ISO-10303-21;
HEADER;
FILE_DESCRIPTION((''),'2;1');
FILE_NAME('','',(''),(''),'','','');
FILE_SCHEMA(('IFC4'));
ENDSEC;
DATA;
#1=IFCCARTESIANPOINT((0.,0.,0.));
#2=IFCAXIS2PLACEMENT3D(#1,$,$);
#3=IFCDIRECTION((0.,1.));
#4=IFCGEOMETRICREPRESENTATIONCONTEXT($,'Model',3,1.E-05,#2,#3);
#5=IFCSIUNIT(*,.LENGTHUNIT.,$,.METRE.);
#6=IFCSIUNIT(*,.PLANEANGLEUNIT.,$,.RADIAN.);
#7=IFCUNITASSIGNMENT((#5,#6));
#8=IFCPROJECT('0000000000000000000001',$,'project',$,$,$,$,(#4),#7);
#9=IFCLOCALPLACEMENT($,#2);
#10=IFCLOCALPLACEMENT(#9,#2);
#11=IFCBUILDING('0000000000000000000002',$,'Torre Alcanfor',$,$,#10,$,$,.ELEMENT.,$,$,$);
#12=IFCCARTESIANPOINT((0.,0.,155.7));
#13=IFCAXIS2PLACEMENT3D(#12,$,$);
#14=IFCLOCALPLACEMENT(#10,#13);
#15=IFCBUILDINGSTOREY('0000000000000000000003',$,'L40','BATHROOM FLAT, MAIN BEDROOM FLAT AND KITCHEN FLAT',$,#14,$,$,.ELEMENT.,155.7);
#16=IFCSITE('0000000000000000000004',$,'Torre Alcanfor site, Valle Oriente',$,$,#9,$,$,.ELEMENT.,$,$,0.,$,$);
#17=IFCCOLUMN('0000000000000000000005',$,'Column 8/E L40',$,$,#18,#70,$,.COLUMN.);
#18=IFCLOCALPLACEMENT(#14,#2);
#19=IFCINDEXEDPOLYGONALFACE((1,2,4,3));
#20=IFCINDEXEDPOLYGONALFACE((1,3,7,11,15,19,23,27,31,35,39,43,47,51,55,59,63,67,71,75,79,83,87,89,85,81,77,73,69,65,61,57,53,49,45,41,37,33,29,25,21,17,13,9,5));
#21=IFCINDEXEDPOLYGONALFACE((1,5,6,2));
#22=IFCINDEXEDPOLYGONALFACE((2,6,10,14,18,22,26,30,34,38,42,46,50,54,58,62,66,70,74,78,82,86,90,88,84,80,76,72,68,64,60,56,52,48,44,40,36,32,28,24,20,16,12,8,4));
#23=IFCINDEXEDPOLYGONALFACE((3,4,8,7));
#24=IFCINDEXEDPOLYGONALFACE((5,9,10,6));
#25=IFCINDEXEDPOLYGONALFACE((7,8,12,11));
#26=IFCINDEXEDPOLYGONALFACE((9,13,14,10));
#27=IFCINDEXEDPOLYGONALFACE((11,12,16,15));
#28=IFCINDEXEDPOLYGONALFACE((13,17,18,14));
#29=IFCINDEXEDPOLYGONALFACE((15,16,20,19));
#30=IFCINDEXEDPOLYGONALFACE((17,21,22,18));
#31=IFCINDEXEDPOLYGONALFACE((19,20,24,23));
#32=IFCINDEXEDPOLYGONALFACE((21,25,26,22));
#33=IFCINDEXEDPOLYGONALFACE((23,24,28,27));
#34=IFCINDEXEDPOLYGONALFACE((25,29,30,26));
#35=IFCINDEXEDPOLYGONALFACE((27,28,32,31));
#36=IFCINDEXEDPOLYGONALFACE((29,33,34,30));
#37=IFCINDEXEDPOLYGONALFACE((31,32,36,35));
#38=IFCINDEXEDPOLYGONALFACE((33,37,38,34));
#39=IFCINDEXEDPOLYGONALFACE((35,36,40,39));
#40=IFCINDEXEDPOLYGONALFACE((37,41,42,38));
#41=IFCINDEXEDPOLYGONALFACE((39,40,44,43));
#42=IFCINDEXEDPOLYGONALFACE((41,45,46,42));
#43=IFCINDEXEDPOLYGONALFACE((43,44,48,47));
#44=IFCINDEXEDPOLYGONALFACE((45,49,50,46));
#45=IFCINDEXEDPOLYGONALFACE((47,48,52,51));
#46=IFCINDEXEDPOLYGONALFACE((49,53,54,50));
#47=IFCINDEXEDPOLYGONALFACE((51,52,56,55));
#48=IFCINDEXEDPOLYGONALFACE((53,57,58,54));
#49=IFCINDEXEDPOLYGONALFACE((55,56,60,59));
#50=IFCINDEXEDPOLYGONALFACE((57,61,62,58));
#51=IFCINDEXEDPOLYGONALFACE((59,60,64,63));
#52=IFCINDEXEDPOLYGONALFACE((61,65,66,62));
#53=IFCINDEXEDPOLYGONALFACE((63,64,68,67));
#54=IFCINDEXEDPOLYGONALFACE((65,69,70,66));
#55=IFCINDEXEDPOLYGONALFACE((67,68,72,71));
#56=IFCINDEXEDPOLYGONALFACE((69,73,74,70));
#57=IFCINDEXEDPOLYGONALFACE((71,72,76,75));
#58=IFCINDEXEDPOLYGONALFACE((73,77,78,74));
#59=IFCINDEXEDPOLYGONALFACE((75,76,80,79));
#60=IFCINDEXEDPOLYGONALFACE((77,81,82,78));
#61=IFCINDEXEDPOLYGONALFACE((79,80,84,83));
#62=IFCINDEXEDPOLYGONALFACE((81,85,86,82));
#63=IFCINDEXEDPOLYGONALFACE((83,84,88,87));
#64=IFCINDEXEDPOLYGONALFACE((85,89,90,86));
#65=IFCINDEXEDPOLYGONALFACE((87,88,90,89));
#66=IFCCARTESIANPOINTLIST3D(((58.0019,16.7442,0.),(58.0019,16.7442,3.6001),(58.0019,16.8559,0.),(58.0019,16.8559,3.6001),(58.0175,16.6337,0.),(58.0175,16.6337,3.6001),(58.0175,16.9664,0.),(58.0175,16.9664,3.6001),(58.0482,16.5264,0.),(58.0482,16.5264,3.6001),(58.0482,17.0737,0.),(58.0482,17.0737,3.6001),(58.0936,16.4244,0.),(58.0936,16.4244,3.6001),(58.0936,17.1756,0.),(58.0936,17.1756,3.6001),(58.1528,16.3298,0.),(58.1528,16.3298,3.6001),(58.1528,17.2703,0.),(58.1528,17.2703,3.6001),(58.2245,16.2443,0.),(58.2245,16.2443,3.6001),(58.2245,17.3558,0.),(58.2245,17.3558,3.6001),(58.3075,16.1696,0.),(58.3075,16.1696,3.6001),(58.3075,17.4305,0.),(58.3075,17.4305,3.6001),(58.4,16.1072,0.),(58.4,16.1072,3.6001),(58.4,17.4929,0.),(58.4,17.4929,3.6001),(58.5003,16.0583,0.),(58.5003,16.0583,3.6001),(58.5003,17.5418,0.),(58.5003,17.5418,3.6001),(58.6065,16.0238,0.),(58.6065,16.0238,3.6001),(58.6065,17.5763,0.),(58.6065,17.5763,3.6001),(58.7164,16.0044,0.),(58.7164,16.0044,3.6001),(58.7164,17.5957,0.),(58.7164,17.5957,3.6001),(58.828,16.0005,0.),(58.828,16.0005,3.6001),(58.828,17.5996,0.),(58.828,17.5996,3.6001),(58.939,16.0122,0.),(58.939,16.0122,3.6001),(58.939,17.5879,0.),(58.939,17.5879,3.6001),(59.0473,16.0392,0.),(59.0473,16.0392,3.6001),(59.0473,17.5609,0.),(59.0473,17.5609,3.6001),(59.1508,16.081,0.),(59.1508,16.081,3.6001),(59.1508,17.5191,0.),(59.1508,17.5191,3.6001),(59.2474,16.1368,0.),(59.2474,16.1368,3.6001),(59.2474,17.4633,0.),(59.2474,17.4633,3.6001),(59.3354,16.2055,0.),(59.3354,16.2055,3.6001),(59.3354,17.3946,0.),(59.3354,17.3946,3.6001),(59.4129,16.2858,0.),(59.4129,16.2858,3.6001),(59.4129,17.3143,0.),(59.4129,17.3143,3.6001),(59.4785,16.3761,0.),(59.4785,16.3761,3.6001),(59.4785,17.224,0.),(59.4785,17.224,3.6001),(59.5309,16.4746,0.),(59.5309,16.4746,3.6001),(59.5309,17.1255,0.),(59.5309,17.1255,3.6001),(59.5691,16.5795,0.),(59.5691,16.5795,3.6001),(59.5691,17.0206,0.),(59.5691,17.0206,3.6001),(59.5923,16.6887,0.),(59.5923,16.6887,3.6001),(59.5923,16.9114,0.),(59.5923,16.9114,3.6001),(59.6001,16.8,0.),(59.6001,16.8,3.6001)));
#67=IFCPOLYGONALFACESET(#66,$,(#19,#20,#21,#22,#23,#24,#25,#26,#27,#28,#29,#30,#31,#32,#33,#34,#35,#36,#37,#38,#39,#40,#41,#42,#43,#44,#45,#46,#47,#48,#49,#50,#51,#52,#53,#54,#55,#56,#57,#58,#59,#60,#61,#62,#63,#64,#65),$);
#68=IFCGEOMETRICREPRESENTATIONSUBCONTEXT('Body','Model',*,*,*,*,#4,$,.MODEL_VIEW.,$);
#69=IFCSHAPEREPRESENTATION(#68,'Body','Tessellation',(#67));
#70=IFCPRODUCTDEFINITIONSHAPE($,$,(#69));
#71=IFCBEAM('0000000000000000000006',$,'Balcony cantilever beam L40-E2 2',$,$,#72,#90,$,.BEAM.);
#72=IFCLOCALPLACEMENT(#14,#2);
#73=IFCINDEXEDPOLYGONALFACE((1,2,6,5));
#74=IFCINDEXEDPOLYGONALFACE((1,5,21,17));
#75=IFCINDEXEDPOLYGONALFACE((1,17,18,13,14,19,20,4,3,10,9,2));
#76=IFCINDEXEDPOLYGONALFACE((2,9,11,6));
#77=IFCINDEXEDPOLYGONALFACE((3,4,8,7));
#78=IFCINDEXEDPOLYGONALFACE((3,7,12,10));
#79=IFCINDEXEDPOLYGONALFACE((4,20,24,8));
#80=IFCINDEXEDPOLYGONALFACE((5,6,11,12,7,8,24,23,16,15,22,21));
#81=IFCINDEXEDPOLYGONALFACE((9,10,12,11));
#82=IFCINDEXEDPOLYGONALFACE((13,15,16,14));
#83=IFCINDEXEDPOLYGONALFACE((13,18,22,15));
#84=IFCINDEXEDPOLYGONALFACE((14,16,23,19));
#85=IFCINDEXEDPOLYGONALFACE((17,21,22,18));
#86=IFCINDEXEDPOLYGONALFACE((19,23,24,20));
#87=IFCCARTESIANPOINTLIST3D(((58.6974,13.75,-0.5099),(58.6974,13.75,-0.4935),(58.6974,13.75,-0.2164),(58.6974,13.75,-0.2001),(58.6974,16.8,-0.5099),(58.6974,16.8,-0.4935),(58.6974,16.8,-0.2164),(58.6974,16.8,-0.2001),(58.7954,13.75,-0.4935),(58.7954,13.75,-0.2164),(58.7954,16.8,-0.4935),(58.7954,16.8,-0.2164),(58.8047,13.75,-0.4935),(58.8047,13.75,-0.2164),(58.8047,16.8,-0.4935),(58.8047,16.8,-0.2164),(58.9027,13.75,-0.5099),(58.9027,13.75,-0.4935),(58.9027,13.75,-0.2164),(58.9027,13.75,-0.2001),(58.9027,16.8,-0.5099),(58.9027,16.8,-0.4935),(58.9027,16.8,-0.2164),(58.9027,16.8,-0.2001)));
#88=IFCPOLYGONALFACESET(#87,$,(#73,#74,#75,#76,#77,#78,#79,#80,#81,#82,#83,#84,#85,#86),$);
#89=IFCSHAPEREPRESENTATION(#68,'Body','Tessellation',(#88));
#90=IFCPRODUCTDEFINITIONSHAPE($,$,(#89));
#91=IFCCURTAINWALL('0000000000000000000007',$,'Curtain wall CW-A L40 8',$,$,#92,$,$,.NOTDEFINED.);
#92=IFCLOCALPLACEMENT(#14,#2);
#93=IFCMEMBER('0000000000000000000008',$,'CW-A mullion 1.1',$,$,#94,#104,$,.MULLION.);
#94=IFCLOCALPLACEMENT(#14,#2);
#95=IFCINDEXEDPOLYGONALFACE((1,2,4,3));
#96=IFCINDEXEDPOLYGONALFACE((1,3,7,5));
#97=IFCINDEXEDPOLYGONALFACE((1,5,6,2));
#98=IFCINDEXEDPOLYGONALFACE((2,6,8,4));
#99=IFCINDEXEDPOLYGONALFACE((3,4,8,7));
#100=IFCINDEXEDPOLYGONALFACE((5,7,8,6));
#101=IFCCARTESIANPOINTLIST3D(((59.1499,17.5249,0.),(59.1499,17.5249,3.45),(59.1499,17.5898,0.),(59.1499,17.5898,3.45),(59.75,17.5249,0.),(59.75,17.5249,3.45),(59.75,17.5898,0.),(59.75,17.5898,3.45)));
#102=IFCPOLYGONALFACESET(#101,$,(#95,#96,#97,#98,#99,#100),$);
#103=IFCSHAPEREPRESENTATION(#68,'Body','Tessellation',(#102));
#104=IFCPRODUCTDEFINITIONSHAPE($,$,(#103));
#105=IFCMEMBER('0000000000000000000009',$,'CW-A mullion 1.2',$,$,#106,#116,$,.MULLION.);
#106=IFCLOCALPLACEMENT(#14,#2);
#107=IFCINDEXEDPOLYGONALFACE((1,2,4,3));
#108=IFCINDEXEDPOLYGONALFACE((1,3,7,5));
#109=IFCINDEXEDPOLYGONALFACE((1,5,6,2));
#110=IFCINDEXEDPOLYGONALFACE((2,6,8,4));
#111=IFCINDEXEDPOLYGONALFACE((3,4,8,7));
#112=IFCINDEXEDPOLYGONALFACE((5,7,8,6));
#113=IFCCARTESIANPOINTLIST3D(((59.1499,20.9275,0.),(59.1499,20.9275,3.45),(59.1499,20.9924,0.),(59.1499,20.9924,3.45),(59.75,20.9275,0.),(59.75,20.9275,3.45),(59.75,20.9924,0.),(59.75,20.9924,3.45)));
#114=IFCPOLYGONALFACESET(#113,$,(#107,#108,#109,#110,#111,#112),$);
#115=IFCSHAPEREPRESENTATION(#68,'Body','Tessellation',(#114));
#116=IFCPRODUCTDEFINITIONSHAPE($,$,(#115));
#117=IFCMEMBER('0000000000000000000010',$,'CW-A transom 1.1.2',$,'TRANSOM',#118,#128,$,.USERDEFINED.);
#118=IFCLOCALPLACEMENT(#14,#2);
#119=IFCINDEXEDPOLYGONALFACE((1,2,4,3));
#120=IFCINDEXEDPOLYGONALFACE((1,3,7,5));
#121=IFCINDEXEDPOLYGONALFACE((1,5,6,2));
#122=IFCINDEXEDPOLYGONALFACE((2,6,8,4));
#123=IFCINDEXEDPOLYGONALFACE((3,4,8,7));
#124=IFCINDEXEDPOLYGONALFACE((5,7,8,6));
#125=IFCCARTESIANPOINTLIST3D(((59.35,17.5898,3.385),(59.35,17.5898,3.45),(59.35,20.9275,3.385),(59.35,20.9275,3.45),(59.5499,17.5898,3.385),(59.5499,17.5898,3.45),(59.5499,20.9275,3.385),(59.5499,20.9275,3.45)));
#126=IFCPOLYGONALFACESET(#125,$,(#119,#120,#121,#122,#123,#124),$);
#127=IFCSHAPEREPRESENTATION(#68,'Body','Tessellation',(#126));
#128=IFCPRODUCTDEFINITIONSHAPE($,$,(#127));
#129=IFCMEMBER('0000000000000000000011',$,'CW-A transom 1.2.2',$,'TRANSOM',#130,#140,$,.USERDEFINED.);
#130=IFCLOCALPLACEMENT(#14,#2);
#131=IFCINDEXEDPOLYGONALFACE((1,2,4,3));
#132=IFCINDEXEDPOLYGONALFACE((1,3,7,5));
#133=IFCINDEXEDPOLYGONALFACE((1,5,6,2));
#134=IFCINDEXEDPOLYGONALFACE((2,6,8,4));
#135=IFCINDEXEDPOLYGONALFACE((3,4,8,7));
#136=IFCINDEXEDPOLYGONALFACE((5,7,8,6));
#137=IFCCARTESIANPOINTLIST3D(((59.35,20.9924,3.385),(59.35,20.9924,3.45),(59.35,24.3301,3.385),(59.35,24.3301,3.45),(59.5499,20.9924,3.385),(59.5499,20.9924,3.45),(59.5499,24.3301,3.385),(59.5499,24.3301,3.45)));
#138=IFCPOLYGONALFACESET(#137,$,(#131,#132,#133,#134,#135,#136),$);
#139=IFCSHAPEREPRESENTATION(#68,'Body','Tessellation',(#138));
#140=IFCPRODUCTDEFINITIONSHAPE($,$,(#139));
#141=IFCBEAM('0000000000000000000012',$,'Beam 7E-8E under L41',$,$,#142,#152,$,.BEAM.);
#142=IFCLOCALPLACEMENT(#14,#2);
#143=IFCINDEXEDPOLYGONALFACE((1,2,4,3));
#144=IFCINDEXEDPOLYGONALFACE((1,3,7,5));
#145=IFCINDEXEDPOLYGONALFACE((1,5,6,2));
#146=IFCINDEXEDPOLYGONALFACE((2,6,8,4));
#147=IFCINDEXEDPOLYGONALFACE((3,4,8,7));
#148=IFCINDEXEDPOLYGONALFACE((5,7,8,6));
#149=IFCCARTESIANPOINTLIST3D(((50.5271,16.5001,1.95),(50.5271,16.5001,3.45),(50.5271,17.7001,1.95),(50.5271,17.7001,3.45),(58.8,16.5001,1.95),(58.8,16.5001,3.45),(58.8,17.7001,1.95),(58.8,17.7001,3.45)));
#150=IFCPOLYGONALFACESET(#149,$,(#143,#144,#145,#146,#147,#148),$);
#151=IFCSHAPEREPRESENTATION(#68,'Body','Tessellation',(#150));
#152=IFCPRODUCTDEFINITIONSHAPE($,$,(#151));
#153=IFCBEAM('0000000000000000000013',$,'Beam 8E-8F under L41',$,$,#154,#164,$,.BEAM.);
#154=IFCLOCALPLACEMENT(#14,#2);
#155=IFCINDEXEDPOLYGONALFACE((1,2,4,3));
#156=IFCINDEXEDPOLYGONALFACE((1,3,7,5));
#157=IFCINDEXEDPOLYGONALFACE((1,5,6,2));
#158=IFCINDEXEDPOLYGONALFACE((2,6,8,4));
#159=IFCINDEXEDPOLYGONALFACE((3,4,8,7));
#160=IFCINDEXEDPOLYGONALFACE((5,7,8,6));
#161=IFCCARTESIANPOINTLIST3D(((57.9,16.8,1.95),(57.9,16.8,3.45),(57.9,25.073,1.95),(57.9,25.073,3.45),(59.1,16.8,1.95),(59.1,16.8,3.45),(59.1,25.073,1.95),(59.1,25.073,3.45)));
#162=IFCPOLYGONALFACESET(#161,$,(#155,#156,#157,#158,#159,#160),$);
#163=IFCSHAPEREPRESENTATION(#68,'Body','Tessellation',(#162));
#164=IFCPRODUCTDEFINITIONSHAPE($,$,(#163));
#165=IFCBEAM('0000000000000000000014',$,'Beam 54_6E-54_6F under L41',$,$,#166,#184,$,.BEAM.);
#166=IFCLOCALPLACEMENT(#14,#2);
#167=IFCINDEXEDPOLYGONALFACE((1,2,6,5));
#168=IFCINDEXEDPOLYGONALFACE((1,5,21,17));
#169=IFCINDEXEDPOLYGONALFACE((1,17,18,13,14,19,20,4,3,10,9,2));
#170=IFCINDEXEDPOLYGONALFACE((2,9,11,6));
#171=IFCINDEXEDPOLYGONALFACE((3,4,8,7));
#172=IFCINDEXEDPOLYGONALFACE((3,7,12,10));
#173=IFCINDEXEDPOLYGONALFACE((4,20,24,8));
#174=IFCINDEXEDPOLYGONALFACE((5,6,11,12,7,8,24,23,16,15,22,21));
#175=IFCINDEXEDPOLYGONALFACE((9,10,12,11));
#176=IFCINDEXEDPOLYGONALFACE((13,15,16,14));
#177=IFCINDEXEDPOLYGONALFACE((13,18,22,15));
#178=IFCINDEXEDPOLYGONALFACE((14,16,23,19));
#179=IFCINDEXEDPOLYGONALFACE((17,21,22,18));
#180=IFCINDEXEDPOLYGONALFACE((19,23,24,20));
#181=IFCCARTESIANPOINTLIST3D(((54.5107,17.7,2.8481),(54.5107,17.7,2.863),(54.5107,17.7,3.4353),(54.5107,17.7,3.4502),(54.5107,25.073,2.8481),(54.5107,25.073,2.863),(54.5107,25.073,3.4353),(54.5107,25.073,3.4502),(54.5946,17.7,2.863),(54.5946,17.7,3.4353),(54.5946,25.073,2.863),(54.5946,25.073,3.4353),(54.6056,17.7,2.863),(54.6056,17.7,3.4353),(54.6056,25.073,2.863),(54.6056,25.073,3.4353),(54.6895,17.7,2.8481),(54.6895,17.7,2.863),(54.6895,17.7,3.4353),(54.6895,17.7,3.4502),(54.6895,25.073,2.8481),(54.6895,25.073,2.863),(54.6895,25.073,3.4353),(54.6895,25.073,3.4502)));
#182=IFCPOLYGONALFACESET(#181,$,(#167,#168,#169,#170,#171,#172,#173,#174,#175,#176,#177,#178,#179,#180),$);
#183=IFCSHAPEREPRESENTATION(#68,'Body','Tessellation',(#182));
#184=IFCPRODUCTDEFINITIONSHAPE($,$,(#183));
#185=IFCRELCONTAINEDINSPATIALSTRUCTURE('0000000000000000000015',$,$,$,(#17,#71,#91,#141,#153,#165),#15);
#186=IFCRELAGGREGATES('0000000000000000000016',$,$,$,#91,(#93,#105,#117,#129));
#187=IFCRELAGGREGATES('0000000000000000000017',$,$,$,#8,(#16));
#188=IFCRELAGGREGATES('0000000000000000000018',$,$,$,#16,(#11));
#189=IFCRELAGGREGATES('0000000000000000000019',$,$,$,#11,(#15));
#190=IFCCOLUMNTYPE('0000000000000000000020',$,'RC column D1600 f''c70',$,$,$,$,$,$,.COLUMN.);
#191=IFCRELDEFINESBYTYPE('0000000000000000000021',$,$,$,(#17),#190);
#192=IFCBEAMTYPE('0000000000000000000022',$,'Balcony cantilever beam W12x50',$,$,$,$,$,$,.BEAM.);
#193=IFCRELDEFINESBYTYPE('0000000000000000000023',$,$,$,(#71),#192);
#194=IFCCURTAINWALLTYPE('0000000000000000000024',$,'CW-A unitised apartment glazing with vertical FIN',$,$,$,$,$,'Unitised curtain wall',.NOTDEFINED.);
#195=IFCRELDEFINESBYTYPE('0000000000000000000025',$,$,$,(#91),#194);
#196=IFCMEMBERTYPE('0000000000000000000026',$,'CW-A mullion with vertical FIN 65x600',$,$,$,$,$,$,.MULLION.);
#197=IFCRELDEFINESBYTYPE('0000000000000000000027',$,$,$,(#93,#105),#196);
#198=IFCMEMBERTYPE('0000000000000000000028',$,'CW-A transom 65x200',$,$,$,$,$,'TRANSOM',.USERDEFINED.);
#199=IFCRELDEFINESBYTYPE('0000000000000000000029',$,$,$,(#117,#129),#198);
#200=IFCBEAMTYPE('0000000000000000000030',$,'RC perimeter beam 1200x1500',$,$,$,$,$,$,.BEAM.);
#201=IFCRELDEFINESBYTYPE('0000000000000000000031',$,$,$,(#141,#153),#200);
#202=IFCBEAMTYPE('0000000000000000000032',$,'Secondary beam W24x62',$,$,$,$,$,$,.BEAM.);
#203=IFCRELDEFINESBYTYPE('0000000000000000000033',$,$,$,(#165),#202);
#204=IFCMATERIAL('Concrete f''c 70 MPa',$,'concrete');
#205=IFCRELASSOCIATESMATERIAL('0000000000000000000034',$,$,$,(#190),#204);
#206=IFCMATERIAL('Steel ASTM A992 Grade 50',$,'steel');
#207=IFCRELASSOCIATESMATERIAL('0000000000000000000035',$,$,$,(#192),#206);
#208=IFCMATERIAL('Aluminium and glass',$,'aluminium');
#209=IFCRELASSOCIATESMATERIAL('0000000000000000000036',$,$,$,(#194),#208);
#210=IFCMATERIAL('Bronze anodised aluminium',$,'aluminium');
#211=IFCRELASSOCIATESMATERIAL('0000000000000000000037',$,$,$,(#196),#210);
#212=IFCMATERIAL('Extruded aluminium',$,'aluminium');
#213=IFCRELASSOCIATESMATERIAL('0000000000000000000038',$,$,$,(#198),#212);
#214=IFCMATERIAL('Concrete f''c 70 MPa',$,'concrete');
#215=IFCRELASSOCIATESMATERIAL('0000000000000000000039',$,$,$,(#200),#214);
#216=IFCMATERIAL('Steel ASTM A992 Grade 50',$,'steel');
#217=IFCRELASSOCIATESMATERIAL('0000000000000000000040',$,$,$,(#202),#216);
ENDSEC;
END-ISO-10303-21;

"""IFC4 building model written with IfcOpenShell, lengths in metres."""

from ifc_helpers import new_model, si_unit, direction, frame, origin, origin_2d, place, context, subcontext, project, spatial, rectangle, circle, i_section, extrude, material, material_profile, profile_set, type_object, element, aggregate, save


model = new_model("IFC4")

# Units and contexts
model_context = context("Model", 3, precision=1e-05, world=origin(), true_north=direction((0.0, 1.0)))
body_context = subcontext(model_context, "Body", "Model", "MODEL_VIEW")
ifc_project = project(units=[si_unit("LENGTHUNIT", "METRE"), si_unit("PLANEANGLEUNIT", "RADIAN")], contexts=[model_context])

# Site, building, storey
site_placement = place(None, origin())
site = spatial("IfcSite", under=ifc_project, at=site_placement, Name="Torre Alcanfor site, Valle Oriente", CompositionType="ELEMENT", RefElevation=0.0)
building_placement = place(site_placement, origin())
building = spatial("IfcBuilding", under=site, at=building_placement, Name="Torre Alcanfor", CompositionType="ELEMENT")
storey_placement = place(building_placement, frame((0.0, 0.0, 155.7)))
storey = spatial("IfcBuildingStorey", under=building, at=storey_placement, Name="L40", Description="BATHROOM FLAT, MAIN BEDROOM FLAT AND KITCHEN FLAT", CompositionType="ELEMENT", Elevation=155.7)

# Column
ifc_material_1 = material(Name="Concrete f'c 70 MPa", Category="concrete")
ifc_material_profile_1 = material_profile(ifc_material_1, circle(Radius=0.8, at=origin_2d()), Name="D1600")
ifc_profile_set_1 = profile_set([ifc_material_profile_1], Name="Concrete f'c 70 MPa")
column_type = type_object("IfcColumnType", Name="RC column D1600 f'c70", PredefinedType="COLUMN", material=ifc_profile_set_1)
column_placement = place(storey_placement, frame((58.8, 16.8, 0.0), z_axis=(0.0, 0.0, 1.0), x_axis=(1.0, 0.0, 0.0)))
element("IfcColumn", 1, at=column_placement, inside=storey, type_object=column_type, Name="Column 8/E L40", PredefinedType="COLUMN", context=body_context, shape_type="SweptSolid", body=[
    extrude(circle(Radius=0.8, at=origin_2d()), origin(), (0.0, 0.0, 1.0), 3.6001),
])

# Beam
ifc_material_2 = material(Name="Steel ASTM A992 Grade 50", Category="steel")
ifc_material_profile_2 = material_profile(ifc_material_2, i_section(OverallWidth=0.2053, OverallDepth=0.3098, WebThickness=0.0093, FlangeThickness=0.0164, at=origin_2d()), Name="W12x50")
ifc_profile_set_2 = profile_set([ifc_material_profile_2], Name="Steel ASTM A992 Grade 50")
beam_type_1 = type_object("IfcBeamType", Name="Balcony cantilever beam W12x50", PredefinedType="BEAM", material=ifc_profile_set_2)
beam_1_placement = place(storey_placement, frame((58.8, 16.8, -0.355), z_axis=(0.0, -1.0, 0.0), x_axis=(1.0, 0.0, 0.0)))
element("IfcBeam", 2, at=beam_1_placement, inside=storey, type_object=beam_type_1, Name="Balcony cantilever beam L40-E2 2", PredefinedType="BEAM", context=body_context, shape_type="SweptSolid", body=[
    extrude(i_section(OverallWidth=0.2053, OverallDepth=0.3098, WebThickness=0.0093, FlangeThickness=0.0164, at=origin_2d()), origin(), (0.0, 0.0, 1.0), 3.05),
])

# Curtain wall, members
ifc_material_3 = material(Name="Aluminium and glass", Category="aluminium")
curtain_wall_type = type_object("IfcCurtainWallType", Name="CW-A unitised apartment glazing with vertical FIN", ElementType="Unitised curtain wall", PredefinedType="NOTDEFINED", material=ifc_material_3)
curtain_wall_placement = place(storey_placement, origin())
curtain_wall = element("IfcCurtainWall", 3, at=curtain_wall_placement, inside=storey, type_object=curtain_wall_type, Name="Curtain wall CW-A L40 8", PredefinedType="NOTDEFINED")
ifc_material_4 = material(Name="Bronze anodised aluminium", Category="aluminium")
ifc_material_profile_3 = material_profile(ifc_material_4, rectangle(XDim=0.6001, YDim=0.0649, at=origin_2d()), Name="CW-A mullion 65x600")
ifc_profile_set_3 = profile_set([ifc_material_profile_3], Name="Bronze anodised aluminium")
member_type_1 = type_object("IfcMemberType", Name="CW-A mullion with vertical FIN 65x600", PredefinedType="MULLION", material=ifc_profile_set_3)
member_1_placement = place(storey_placement, frame((59.45, 17.5574, 0.0), z_axis=(0.0, 0.0, 1.0), x_axis=(-1.0, 0.0, 0.0)))
member_1 = element("IfcMember", 4, at=member_1_placement, type_object=member_type_1, Name="CW-A mullion 1.1", PredefinedType="MULLION", context=body_context, shape_type="SweptSolid", body=[
    extrude(rectangle(XDim=0.6001, YDim=0.0649, at=origin_2d()), origin(), (0.0, 0.0, 1.0), 3.45),
])
member_2_placement = place(storey_placement, frame((59.45, 20.96, 0.0), z_axis=(0.0, 0.0, 1.0), x_axis=(-1.0, 0.0, 0.0)))
member_2 = element("IfcMember", 5, at=member_2_placement, type_object=member_type_1, Name="CW-A mullion 1.2", PredefinedType="MULLION", context=body_context, shape_type="SweptSolid", body=[
    extrude(rectangle(XDim=0.6001, YDim=0.0649, at=origin_2d()), origin(), (0.0, 0.0, 1.0), 3.45),
])
ifc_material_5 = material(Name="Extruded aluminium", Category="aluminium")
ifc_material_profile_4 = material_profile(ifc_material_5, rectangle(XDim=0.2, YDim=0.0649, at=origin_2d()), Name="CW-A transom 200x65")
ifc_profile_set_4 = profile_set([ifc_material_profile_4], Name="Extruded aluminium")
member_type_2 = type_object("IfcMemberType", Name="CW-A transom 65x200", ElementType="TRANSOM", PredefinedType="USERDEFINED", material=ifc_profile_set_4)
member_3_placement = place(storey_placement, frame((59.45, 17.5898, 3.4175), z_axis=(0.0, 1.0, 0.0), x_axis=(-1.0, 0.0, 0.0)))
member_3 = element("IfcMember", 6, at=member_3_placement, type_object=member_type_2, Name="CW-A transom 1.1.2", ObjectType="TRANSOM", PredefinedType="USERDEFINED", context=body_context, shape_type="SweptSolid", body=[
    extrude(rectangle(XDim=0.2, YDim=0.0649, at=origin_2d()), origin(), (0.0, 0.0, 1.0), 3.3376),
])
member_4_placement = place(storey_placement, frame((59.45, 20.9924, 3.4175), z_axis=(0.0, 1.0, 0.0), x_axis=(-1.0, 0.0, 0.0)))
member_4 = element("IfcMember", 7, at=member_4_placement, type_object=member_type_2, Name="CW-A transom 1.2.2", ObjectType="TRANSOM", PredefinedType="USERDEFINED", context=body_context, shape_type="SweptSolid", body=[
    extrude(rectangle(XDim=0.2, YDim=0.0649, at=origin_2d()), origin(), (0.0, 0.0, 1.0), 3.3376),
])

# Beams
ifc_material_6 = material(Name="Concrete f'c 70 MPa", Category="concrete")
ifc_material_profile_5 = material_profile(ifc_material_6, rectangle(XDim=1.2, YDim=1.5, at=origin_2d()), Name="1200x1500")
ifc_profile_set_5 = profile_set([ifc_material_profile_5], Name="Concrete f'c 70 MPa")
beam_type_2 = type_object("IfcBeamType", Name="RC perimeter beam 1200x1500", PredefinedType="BEAM", material=ifc_profile_set_5)
for number, where, z_axis, x_axis, name in (
    (8, (50.5271, 17.1001, 2.7), (1.0, 0.0, 0.0), (0.0, 1.0, 0.0), "Beam 7E-8E under L41"),
    (9, (58.5, 16.8, 2.7), (0.0, 1.0, 0.0), (-1.0, 0.0, 0.0), "Beam 8E-8F under L41"),
):
    element("IfcBeam", number, at=place(storey_placement, frame(where, z_axis=z_axis, x_axis=x_axis)), inside=storey, type_object=beam_type_2, Name=name, PredefinedType="BEAM", context=body_context, shape_type="SweptSolid", body=[
        extrude(rectangle(XDim=1.2, YDim=1.5, at=origin_2d()), origin(), (0.0, 0.0, 1.0), 8.2729),
    ])
ifc_material_7 = material(Name="Steel ASTM A992 Grade 50", Category="steel")
ifc_material_profile_6 = material_profile(ifc_material_7, i_section(OverallWidth=0.1787, OverallDepth=0.6021, WebThickness=0.011, FlangeThickness=0.0149, at=origin_2d()), Name="W24x62")
ifc_profile_set_6 = profile_set([ifc_material_profile_6], Name="Steel ASTM A992 Grade 50")
beam_type_3 = type_object("IfcBeamType", Name="Secondary beam W24x62", PredefinedType="BEAM", material=ifc_profile_set_6)
beam_2_placement = place(storey_placement, frame((54.6001, 17.7, 3.1492), z_axis=(0.0, 1.0, 0.0), x_axis=(-1.0, 0.0, 0.0)))
element("IfcBeam", 10, at=beam_2_placement, inside=storey, type_object=beam_type_3, Name="Beam 54_6E-54_6F under L41", PredefinedType="BEAM", context=body_context, shape_type="SweptSolid", body=[
    extrude(i_section(OverallWidth=0.1787, OverallDepth=0.6021, WebThickness=0.011, FlangeThickness=0.0149, at=origin_2d()), origin(), (0.0, 0.0, 1.0), 7.373),
])

aggregate(curtain_wall, [member_1, member_2, member_3, member_4])

save(model, "model.ifc")
